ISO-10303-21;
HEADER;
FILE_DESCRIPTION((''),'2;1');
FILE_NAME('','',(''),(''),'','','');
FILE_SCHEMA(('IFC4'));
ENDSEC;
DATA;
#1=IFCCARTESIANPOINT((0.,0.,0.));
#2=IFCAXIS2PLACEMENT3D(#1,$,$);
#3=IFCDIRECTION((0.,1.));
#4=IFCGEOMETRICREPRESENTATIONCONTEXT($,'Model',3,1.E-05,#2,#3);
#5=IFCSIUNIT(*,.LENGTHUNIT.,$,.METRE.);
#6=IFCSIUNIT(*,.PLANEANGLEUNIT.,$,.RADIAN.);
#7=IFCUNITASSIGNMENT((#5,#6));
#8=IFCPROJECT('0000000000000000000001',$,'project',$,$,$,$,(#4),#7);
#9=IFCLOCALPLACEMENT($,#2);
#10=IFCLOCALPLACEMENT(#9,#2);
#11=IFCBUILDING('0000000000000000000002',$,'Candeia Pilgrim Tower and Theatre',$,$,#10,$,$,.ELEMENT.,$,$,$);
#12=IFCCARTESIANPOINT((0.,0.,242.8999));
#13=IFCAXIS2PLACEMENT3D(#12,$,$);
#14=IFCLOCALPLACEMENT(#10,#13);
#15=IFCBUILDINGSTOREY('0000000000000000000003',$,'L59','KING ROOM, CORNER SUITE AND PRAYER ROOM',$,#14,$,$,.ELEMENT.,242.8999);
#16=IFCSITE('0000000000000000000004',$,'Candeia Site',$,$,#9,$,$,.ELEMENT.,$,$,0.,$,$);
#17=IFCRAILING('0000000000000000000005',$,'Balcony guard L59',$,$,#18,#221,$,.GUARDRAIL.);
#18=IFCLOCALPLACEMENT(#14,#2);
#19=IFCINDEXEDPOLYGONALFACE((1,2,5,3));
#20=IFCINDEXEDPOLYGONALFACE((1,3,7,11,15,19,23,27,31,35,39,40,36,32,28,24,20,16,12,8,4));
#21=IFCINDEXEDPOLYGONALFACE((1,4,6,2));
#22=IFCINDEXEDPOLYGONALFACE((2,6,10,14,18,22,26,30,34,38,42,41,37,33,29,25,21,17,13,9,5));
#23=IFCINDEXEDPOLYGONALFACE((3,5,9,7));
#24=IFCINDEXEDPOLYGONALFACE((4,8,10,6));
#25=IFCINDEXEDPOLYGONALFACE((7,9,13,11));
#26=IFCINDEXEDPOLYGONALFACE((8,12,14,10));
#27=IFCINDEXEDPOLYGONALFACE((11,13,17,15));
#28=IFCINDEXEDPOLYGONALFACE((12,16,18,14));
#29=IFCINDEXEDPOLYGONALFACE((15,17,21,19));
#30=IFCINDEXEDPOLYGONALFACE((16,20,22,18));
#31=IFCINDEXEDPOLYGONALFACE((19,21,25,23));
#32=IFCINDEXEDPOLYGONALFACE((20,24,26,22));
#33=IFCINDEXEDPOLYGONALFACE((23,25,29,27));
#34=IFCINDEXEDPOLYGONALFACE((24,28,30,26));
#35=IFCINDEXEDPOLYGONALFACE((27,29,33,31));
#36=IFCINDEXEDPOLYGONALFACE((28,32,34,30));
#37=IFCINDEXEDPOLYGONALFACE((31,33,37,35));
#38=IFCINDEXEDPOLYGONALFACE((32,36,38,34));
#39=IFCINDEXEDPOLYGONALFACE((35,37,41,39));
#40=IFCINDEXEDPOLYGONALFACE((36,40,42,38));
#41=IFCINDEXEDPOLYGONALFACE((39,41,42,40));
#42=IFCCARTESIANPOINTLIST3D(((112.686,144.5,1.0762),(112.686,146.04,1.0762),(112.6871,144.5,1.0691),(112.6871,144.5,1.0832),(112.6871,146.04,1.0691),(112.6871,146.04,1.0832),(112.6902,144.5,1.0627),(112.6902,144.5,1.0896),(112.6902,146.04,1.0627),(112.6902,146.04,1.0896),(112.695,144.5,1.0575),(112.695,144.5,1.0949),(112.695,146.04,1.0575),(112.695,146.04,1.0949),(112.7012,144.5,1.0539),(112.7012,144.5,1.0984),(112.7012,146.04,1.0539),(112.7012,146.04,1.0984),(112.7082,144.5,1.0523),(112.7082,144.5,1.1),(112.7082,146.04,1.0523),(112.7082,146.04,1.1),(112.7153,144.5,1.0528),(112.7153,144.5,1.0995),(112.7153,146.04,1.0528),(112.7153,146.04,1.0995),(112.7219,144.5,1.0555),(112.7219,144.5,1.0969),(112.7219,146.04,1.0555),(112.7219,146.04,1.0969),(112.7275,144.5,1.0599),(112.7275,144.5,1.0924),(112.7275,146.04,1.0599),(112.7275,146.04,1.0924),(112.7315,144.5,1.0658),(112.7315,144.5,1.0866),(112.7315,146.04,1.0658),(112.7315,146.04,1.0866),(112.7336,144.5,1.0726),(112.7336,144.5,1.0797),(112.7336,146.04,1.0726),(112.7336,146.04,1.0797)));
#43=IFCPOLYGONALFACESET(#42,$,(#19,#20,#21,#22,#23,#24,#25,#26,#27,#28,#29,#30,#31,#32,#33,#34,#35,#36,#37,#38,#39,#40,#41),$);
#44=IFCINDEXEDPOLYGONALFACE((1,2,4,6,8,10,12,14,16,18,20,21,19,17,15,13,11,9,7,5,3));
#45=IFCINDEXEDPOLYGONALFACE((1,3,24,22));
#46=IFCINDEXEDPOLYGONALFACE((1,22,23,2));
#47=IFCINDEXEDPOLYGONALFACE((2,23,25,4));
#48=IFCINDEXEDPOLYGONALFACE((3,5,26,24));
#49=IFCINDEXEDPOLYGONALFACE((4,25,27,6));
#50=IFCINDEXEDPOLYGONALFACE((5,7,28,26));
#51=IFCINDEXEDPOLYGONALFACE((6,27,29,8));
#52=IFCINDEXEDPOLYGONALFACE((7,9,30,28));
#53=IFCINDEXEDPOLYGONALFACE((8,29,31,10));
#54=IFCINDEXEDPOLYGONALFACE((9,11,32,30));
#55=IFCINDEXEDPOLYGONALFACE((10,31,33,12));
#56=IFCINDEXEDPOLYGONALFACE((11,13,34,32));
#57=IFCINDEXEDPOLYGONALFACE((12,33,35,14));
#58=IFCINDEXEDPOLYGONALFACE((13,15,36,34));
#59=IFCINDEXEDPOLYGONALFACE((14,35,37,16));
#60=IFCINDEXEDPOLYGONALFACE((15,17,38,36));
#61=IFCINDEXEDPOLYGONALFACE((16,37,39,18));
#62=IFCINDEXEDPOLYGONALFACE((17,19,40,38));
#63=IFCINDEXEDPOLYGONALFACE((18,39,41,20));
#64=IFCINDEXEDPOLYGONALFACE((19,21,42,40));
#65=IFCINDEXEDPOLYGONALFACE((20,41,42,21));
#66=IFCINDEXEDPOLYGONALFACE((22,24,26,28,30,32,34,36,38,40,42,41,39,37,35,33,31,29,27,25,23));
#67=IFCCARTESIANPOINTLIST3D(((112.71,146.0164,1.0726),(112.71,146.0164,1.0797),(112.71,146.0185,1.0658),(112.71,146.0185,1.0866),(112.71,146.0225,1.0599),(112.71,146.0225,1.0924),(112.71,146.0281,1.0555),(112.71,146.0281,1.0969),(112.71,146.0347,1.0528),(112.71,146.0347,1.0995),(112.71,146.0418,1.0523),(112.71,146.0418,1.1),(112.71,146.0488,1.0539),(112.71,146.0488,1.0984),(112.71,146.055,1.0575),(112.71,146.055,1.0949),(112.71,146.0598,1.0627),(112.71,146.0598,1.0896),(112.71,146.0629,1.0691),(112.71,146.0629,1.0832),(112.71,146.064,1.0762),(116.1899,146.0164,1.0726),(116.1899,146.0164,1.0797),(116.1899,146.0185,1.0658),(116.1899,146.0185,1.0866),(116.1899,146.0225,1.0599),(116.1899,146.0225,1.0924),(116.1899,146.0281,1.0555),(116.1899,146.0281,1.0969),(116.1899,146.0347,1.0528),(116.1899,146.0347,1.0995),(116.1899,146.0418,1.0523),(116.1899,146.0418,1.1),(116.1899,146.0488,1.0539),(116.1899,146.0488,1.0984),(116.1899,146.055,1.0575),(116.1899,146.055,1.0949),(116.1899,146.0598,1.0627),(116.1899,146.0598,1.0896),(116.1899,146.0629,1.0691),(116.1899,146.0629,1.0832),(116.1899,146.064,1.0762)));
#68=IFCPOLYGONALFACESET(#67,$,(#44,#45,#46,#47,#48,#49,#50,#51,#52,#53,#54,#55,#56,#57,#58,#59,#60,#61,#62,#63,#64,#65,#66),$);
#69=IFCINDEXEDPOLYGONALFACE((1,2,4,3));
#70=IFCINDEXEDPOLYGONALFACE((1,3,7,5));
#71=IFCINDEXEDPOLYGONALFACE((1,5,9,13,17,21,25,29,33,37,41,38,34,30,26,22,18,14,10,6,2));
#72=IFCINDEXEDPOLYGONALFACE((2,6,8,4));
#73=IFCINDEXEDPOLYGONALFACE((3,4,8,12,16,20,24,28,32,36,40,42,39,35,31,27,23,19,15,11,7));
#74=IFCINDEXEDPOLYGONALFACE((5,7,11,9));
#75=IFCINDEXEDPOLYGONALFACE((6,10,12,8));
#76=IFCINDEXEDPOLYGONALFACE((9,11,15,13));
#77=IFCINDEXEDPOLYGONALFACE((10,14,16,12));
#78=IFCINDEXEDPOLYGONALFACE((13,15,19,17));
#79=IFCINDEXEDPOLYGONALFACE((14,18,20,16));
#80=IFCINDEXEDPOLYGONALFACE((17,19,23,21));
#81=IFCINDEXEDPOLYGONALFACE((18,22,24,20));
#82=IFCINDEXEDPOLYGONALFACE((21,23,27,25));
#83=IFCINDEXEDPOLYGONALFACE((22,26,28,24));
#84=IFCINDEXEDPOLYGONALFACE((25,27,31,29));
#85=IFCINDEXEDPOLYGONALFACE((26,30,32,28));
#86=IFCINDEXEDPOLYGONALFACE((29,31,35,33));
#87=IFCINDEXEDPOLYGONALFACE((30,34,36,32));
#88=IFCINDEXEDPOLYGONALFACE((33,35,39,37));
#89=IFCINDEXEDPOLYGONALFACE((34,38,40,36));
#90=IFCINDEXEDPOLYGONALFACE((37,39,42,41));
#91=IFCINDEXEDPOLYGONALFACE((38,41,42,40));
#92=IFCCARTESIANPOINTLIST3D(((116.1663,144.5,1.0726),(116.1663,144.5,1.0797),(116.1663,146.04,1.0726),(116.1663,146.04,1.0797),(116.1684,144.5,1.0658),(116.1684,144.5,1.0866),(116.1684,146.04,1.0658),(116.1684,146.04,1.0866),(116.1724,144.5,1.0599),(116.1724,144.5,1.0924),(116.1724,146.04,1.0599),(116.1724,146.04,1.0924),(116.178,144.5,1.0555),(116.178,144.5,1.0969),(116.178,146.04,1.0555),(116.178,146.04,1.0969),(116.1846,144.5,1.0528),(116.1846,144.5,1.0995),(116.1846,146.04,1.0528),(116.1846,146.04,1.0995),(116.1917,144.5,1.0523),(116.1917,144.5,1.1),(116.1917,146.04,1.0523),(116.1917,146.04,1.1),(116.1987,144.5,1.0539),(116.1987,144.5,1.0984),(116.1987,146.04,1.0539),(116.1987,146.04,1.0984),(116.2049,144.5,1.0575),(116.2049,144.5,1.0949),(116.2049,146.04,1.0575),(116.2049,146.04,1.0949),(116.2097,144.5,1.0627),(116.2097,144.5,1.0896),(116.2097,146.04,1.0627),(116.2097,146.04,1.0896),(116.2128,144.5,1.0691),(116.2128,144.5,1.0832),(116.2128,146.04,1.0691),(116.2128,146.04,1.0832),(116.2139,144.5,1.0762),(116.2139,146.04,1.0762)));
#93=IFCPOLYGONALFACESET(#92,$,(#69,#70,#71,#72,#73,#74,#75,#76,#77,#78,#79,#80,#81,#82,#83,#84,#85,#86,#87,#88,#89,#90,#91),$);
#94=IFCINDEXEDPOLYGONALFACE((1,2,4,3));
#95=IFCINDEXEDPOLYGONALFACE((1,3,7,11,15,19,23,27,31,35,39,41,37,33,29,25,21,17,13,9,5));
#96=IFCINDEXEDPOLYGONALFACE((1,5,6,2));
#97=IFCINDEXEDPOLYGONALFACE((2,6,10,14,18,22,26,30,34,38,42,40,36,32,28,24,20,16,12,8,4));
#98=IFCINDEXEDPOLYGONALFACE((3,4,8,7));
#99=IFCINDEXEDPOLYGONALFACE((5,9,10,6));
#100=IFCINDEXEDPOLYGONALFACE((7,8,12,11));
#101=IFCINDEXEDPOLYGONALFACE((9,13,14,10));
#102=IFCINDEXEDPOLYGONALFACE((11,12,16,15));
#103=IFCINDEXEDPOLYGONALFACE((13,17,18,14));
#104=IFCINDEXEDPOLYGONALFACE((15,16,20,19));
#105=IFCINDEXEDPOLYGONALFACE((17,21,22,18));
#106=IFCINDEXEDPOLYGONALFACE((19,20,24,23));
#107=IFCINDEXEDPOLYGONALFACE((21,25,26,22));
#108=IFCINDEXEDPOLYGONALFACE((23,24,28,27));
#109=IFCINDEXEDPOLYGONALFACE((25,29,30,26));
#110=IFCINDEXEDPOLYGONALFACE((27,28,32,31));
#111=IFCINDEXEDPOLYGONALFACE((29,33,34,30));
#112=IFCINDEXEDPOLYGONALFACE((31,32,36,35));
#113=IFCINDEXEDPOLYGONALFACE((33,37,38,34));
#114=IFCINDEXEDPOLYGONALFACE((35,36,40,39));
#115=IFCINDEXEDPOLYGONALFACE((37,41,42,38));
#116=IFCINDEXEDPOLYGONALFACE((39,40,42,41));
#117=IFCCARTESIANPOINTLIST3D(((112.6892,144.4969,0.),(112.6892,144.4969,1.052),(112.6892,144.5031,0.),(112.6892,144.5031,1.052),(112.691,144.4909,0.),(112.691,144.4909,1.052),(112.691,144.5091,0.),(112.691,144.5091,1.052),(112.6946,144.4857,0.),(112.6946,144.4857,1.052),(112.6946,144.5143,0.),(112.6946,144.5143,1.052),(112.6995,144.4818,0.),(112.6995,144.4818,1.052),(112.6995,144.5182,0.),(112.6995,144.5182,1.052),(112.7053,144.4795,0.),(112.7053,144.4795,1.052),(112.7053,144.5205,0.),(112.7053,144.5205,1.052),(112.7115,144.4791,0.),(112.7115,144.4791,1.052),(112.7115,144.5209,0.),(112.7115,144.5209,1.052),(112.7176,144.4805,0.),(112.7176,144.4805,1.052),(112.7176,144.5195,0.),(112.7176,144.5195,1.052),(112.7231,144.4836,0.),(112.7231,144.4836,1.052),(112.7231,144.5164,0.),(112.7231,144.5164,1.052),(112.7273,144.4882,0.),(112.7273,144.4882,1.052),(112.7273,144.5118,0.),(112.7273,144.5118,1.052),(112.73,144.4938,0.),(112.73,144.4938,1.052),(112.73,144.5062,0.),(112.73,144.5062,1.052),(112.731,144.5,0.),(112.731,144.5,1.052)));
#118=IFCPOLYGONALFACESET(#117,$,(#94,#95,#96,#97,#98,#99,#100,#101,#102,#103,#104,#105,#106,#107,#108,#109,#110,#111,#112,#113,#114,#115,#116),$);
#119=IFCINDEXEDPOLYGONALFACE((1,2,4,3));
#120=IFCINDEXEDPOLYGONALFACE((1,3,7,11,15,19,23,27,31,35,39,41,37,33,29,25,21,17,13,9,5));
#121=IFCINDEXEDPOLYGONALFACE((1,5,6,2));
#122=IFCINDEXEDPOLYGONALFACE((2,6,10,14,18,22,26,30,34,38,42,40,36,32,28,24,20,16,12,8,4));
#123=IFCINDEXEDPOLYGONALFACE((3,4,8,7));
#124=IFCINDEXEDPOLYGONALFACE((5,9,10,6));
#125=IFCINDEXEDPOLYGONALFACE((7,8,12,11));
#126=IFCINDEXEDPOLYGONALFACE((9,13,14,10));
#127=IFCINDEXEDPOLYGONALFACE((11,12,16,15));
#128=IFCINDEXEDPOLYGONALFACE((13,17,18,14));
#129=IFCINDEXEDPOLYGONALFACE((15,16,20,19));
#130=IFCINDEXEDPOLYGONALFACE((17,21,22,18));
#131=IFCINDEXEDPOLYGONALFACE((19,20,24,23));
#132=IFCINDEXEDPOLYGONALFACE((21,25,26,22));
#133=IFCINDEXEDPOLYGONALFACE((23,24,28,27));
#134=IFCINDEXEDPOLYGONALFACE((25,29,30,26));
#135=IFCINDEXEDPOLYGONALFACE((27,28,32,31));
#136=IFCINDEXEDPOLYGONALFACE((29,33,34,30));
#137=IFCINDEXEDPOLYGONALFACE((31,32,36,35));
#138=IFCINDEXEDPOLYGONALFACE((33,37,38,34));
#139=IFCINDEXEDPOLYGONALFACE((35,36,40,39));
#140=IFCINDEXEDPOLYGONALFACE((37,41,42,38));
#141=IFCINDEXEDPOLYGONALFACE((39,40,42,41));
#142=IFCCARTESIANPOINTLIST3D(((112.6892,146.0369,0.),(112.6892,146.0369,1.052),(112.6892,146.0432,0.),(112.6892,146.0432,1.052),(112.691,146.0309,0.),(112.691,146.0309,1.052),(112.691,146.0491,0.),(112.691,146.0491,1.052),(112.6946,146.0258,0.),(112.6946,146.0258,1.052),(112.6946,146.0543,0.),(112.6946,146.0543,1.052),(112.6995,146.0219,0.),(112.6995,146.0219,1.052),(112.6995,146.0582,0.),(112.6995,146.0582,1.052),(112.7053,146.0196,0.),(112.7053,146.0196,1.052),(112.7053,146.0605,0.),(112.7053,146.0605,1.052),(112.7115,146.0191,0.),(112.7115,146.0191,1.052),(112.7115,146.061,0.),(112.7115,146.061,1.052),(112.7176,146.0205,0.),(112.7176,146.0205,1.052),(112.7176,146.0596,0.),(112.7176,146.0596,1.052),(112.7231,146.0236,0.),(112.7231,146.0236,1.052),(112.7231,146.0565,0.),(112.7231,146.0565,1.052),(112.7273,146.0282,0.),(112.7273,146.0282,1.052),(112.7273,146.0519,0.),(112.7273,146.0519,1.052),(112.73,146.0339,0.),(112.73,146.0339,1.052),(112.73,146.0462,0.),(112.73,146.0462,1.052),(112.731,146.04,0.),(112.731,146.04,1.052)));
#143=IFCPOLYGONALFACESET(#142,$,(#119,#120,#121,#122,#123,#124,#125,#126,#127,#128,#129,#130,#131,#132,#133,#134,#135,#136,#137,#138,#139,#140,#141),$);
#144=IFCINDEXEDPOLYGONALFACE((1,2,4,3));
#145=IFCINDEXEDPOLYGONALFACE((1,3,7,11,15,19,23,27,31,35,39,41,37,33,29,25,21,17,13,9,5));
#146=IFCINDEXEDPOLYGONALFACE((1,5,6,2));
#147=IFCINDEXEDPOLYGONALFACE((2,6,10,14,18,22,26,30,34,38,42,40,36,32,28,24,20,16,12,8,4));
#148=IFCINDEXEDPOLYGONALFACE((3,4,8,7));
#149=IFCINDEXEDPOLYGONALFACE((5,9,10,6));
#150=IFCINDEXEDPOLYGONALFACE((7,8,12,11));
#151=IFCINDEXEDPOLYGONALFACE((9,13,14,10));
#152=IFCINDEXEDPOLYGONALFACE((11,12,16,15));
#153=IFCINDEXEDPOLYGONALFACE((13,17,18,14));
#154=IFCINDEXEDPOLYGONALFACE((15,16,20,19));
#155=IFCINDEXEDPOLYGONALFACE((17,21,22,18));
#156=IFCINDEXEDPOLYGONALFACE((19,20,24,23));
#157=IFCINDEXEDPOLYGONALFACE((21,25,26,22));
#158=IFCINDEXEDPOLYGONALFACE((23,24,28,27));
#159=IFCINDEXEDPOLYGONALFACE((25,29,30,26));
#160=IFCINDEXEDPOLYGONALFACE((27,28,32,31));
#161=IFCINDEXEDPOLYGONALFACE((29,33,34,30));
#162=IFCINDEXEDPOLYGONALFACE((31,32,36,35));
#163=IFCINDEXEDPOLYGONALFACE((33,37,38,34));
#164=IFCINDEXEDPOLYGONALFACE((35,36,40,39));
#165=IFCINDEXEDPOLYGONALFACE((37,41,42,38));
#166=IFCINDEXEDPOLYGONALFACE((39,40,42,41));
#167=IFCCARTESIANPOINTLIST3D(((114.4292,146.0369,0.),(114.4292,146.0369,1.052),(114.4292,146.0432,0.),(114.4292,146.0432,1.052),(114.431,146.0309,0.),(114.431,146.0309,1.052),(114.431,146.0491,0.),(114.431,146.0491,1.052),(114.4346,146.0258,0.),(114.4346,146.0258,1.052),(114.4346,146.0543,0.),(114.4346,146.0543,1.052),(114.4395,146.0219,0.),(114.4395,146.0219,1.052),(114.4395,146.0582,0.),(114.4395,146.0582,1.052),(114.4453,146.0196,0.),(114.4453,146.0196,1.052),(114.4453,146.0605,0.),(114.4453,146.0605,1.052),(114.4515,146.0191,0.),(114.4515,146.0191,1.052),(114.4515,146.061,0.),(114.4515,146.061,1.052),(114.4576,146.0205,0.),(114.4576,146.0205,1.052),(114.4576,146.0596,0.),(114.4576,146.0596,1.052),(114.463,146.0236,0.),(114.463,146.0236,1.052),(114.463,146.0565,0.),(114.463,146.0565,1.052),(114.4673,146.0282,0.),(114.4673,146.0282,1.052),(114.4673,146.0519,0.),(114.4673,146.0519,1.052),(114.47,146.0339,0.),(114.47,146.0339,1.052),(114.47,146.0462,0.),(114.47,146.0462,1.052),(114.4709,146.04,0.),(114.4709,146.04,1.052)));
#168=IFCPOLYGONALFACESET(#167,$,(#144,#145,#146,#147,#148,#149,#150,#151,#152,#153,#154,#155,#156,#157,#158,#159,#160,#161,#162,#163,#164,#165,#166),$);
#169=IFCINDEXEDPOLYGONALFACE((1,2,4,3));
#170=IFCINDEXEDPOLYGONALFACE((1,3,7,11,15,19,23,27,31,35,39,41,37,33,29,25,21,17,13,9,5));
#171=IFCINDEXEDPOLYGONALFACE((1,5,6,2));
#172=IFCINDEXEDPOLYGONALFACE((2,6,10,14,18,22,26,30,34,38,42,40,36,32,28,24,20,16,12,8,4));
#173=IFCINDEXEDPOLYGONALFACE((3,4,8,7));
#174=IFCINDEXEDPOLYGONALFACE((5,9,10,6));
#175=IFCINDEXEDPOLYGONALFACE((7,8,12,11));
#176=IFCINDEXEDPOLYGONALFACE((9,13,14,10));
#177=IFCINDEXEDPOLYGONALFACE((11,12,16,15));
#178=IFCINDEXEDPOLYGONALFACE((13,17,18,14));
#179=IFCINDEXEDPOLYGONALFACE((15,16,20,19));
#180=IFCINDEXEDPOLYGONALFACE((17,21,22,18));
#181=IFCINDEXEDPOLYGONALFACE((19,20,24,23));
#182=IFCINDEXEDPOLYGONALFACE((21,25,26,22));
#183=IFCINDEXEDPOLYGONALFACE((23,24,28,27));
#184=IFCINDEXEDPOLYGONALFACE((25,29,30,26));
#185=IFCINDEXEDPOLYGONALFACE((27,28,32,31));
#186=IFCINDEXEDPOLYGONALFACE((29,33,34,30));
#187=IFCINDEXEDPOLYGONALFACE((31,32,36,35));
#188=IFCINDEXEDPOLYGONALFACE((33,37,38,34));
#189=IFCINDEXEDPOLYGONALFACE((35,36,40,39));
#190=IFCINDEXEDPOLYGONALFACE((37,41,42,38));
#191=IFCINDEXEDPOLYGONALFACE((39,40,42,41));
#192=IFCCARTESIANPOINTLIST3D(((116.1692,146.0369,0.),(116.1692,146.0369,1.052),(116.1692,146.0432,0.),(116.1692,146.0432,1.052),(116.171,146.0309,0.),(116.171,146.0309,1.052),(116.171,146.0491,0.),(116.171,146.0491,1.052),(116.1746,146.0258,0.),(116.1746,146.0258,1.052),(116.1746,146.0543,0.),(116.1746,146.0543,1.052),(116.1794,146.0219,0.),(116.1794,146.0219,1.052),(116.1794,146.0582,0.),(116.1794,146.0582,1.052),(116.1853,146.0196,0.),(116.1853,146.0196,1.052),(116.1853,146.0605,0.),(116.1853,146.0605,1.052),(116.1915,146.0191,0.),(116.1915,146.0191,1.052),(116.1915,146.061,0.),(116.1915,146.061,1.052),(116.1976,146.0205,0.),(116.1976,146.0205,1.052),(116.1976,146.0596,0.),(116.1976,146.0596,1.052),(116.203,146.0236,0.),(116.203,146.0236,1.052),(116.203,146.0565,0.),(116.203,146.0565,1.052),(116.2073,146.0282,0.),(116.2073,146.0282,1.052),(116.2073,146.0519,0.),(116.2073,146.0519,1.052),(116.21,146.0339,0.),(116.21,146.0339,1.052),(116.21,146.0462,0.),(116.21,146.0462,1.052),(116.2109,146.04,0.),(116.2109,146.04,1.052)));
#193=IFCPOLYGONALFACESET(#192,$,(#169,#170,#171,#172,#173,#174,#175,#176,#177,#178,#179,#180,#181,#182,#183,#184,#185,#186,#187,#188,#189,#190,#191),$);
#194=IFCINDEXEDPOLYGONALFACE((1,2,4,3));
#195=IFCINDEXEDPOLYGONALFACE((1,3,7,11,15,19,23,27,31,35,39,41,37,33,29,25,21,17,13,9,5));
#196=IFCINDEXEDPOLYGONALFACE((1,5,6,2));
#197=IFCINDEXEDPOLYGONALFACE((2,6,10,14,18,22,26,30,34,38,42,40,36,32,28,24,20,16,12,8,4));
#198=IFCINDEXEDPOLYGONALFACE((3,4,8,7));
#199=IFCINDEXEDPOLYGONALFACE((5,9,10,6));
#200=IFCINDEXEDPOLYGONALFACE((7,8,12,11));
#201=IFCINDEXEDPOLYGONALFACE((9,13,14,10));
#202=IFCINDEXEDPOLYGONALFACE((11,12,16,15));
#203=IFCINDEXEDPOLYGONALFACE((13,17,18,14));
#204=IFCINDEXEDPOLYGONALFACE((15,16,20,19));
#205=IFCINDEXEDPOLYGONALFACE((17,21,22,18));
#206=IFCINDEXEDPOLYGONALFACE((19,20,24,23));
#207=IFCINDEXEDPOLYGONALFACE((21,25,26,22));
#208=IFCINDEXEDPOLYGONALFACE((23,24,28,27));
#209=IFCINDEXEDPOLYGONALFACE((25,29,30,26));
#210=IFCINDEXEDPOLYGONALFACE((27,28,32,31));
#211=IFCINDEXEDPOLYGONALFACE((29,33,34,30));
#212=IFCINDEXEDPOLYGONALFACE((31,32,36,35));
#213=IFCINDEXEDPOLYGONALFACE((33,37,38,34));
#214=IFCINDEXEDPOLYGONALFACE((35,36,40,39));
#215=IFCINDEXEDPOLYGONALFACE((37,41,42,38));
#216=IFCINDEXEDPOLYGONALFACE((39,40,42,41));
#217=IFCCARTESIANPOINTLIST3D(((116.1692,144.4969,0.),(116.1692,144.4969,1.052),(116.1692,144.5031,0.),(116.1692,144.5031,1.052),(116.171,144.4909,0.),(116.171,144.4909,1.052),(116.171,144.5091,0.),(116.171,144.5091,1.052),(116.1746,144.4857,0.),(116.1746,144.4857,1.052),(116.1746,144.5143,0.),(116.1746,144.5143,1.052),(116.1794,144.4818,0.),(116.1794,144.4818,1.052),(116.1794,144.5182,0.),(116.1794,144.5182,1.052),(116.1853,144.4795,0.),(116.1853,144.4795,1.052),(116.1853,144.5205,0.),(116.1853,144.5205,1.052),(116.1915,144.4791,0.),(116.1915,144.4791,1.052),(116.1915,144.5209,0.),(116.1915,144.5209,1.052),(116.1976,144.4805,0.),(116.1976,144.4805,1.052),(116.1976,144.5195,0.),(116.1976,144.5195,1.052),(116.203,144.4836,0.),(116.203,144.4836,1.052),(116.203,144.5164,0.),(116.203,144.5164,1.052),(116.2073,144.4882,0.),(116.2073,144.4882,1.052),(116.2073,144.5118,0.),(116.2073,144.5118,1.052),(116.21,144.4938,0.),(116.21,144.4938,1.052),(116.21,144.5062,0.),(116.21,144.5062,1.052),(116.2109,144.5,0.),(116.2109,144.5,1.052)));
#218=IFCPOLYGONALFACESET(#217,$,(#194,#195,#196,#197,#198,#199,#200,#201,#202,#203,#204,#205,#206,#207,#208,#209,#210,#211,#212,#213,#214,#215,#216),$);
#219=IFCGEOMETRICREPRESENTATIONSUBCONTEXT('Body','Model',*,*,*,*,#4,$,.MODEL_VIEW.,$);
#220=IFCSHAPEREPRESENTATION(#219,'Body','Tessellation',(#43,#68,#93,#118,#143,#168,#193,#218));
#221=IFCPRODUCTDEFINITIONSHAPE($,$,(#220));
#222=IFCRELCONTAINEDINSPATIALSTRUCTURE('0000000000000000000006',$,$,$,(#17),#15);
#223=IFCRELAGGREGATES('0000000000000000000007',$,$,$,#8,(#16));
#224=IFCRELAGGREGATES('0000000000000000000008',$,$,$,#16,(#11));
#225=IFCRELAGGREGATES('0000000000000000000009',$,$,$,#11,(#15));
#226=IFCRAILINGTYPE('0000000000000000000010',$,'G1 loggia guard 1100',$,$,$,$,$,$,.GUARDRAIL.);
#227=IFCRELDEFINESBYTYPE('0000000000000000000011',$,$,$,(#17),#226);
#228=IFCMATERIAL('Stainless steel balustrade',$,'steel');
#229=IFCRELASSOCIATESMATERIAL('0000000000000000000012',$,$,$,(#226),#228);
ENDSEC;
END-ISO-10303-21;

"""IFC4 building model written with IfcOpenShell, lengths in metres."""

from ifc_helpers import new_model, si_unit, direction, frame, origin, origin_2d, place, context, subcontext, project, spatial, circle, extrude, material, type_object, element, save


model = new_model("IFC4")

# Units and contexts
model_context = context("Model", 3, precision=1e-05, world=origin(), true_north=direction((0.0, 1.0)))
body_context = subcontext(model_context, "Body", "Model", "MODEL_VIEW")
ifc_project = project(units=[si_unit("LENGTHUNIT", "METRE"), si_unit("PLANEANGLEUNIT", "RADIAN")], contexts=[model_context])

# Site, building, storey
site_placement = place(None, origin())
site = spatial("IfcSite", under=ifc_project, at=site_placement, Name="Candeia Site", CompositionType="ELEMENT", RefElevation=0.0)
building_placement = place(site_placement, origin())
building = spatial("IfcBuilding", under=site, at=building_placement, Name="Candeia Pilgrim Tower and Theatre", CompositionType="ELEMENT")
storey_placement = place(building_placement, frame((0.0, 0.0, 242.8999)))
storey = spatial("IfcBuildingStorey", under=building, at=storey_placement, Name="L59", Description="KING ROOM, CORNER SUITE AND PRAYER ROOM", CompositionType="ELEMENT", Elevation=242.8999)

# Railing
ifc_material_1 = material(Name="Stainless steel balustrade", Category="steel")
railing_type = type_object("IfcRailingType", Name="G1 loggia guard 1100", PredefinedType="GUARDRAIL", material=ifc_material_1)
railing_1_placement = place(storey_placement, frame((112.71, 144.5, 0.0)))
element("IfcRailing", 1, at=railing_1_placement, inside=storey, type_object=railing_type, Name="Balcony guard L59", PredefinedType="GUARDRAIL", context=body_context, shape_type="SweptSolid", body=[
    extrude(circle(Radius=0.0239, at=origin_2d()), frame((0.0, 0.0, 1.0762), z_axis=(0.0, 1.0, 0.0), x_axis=(-1.0, 0.0, 0.0)), (0.0, 0.0, 1.0), 1.54),
    extrude(circle(Radius=0.0239, at=origin_2d()), frame((0.0, 1.54, 1.0762), z_axis=(1.0, 0.0, 0.0), x_axis=(0.0, 1.0, 0.0)), (0.0, 0.0, 1.0), 3.48),
    extrude(circle(Radius=0.0239, at=origin_2d()), frame((3.48, 1.54, 1.0762), z_axis=(0.0, -1.0, 0.0), x_axis=(1.0, 0.0, 0.0)), (0.0, 0.0, 1.0), 1.54),
    extrude(circle(Radius=0.021, at=origin_2d()), origin(), (0.0, 0.0, 1.0), 1.052),
    extrude(circle(Radius=0.021, at=origin_2d()), frame((0.0, 1.54, 0.0)), (0.0, 0.0, 1.0), 1.052),
    extrude(circle(Radius=0.021, at=origin_2d()), frame((1.74, 1.54, 0.0)), (0.0, 0.0, 1.0), 1.052),
    extrude(circle(Radius=0.021, at=origin_2d()), frame((3.48, 1.54, 0.0)), (0.0, 0.0, 1.0), 1.052),
    extrude(circle(Radius=0.021, at=origin_2d()), frame((3.48, 0.0, 0.0)), (0.0, 0.0, 1.0), 1.052),
])

save(model, "model.ifc")
